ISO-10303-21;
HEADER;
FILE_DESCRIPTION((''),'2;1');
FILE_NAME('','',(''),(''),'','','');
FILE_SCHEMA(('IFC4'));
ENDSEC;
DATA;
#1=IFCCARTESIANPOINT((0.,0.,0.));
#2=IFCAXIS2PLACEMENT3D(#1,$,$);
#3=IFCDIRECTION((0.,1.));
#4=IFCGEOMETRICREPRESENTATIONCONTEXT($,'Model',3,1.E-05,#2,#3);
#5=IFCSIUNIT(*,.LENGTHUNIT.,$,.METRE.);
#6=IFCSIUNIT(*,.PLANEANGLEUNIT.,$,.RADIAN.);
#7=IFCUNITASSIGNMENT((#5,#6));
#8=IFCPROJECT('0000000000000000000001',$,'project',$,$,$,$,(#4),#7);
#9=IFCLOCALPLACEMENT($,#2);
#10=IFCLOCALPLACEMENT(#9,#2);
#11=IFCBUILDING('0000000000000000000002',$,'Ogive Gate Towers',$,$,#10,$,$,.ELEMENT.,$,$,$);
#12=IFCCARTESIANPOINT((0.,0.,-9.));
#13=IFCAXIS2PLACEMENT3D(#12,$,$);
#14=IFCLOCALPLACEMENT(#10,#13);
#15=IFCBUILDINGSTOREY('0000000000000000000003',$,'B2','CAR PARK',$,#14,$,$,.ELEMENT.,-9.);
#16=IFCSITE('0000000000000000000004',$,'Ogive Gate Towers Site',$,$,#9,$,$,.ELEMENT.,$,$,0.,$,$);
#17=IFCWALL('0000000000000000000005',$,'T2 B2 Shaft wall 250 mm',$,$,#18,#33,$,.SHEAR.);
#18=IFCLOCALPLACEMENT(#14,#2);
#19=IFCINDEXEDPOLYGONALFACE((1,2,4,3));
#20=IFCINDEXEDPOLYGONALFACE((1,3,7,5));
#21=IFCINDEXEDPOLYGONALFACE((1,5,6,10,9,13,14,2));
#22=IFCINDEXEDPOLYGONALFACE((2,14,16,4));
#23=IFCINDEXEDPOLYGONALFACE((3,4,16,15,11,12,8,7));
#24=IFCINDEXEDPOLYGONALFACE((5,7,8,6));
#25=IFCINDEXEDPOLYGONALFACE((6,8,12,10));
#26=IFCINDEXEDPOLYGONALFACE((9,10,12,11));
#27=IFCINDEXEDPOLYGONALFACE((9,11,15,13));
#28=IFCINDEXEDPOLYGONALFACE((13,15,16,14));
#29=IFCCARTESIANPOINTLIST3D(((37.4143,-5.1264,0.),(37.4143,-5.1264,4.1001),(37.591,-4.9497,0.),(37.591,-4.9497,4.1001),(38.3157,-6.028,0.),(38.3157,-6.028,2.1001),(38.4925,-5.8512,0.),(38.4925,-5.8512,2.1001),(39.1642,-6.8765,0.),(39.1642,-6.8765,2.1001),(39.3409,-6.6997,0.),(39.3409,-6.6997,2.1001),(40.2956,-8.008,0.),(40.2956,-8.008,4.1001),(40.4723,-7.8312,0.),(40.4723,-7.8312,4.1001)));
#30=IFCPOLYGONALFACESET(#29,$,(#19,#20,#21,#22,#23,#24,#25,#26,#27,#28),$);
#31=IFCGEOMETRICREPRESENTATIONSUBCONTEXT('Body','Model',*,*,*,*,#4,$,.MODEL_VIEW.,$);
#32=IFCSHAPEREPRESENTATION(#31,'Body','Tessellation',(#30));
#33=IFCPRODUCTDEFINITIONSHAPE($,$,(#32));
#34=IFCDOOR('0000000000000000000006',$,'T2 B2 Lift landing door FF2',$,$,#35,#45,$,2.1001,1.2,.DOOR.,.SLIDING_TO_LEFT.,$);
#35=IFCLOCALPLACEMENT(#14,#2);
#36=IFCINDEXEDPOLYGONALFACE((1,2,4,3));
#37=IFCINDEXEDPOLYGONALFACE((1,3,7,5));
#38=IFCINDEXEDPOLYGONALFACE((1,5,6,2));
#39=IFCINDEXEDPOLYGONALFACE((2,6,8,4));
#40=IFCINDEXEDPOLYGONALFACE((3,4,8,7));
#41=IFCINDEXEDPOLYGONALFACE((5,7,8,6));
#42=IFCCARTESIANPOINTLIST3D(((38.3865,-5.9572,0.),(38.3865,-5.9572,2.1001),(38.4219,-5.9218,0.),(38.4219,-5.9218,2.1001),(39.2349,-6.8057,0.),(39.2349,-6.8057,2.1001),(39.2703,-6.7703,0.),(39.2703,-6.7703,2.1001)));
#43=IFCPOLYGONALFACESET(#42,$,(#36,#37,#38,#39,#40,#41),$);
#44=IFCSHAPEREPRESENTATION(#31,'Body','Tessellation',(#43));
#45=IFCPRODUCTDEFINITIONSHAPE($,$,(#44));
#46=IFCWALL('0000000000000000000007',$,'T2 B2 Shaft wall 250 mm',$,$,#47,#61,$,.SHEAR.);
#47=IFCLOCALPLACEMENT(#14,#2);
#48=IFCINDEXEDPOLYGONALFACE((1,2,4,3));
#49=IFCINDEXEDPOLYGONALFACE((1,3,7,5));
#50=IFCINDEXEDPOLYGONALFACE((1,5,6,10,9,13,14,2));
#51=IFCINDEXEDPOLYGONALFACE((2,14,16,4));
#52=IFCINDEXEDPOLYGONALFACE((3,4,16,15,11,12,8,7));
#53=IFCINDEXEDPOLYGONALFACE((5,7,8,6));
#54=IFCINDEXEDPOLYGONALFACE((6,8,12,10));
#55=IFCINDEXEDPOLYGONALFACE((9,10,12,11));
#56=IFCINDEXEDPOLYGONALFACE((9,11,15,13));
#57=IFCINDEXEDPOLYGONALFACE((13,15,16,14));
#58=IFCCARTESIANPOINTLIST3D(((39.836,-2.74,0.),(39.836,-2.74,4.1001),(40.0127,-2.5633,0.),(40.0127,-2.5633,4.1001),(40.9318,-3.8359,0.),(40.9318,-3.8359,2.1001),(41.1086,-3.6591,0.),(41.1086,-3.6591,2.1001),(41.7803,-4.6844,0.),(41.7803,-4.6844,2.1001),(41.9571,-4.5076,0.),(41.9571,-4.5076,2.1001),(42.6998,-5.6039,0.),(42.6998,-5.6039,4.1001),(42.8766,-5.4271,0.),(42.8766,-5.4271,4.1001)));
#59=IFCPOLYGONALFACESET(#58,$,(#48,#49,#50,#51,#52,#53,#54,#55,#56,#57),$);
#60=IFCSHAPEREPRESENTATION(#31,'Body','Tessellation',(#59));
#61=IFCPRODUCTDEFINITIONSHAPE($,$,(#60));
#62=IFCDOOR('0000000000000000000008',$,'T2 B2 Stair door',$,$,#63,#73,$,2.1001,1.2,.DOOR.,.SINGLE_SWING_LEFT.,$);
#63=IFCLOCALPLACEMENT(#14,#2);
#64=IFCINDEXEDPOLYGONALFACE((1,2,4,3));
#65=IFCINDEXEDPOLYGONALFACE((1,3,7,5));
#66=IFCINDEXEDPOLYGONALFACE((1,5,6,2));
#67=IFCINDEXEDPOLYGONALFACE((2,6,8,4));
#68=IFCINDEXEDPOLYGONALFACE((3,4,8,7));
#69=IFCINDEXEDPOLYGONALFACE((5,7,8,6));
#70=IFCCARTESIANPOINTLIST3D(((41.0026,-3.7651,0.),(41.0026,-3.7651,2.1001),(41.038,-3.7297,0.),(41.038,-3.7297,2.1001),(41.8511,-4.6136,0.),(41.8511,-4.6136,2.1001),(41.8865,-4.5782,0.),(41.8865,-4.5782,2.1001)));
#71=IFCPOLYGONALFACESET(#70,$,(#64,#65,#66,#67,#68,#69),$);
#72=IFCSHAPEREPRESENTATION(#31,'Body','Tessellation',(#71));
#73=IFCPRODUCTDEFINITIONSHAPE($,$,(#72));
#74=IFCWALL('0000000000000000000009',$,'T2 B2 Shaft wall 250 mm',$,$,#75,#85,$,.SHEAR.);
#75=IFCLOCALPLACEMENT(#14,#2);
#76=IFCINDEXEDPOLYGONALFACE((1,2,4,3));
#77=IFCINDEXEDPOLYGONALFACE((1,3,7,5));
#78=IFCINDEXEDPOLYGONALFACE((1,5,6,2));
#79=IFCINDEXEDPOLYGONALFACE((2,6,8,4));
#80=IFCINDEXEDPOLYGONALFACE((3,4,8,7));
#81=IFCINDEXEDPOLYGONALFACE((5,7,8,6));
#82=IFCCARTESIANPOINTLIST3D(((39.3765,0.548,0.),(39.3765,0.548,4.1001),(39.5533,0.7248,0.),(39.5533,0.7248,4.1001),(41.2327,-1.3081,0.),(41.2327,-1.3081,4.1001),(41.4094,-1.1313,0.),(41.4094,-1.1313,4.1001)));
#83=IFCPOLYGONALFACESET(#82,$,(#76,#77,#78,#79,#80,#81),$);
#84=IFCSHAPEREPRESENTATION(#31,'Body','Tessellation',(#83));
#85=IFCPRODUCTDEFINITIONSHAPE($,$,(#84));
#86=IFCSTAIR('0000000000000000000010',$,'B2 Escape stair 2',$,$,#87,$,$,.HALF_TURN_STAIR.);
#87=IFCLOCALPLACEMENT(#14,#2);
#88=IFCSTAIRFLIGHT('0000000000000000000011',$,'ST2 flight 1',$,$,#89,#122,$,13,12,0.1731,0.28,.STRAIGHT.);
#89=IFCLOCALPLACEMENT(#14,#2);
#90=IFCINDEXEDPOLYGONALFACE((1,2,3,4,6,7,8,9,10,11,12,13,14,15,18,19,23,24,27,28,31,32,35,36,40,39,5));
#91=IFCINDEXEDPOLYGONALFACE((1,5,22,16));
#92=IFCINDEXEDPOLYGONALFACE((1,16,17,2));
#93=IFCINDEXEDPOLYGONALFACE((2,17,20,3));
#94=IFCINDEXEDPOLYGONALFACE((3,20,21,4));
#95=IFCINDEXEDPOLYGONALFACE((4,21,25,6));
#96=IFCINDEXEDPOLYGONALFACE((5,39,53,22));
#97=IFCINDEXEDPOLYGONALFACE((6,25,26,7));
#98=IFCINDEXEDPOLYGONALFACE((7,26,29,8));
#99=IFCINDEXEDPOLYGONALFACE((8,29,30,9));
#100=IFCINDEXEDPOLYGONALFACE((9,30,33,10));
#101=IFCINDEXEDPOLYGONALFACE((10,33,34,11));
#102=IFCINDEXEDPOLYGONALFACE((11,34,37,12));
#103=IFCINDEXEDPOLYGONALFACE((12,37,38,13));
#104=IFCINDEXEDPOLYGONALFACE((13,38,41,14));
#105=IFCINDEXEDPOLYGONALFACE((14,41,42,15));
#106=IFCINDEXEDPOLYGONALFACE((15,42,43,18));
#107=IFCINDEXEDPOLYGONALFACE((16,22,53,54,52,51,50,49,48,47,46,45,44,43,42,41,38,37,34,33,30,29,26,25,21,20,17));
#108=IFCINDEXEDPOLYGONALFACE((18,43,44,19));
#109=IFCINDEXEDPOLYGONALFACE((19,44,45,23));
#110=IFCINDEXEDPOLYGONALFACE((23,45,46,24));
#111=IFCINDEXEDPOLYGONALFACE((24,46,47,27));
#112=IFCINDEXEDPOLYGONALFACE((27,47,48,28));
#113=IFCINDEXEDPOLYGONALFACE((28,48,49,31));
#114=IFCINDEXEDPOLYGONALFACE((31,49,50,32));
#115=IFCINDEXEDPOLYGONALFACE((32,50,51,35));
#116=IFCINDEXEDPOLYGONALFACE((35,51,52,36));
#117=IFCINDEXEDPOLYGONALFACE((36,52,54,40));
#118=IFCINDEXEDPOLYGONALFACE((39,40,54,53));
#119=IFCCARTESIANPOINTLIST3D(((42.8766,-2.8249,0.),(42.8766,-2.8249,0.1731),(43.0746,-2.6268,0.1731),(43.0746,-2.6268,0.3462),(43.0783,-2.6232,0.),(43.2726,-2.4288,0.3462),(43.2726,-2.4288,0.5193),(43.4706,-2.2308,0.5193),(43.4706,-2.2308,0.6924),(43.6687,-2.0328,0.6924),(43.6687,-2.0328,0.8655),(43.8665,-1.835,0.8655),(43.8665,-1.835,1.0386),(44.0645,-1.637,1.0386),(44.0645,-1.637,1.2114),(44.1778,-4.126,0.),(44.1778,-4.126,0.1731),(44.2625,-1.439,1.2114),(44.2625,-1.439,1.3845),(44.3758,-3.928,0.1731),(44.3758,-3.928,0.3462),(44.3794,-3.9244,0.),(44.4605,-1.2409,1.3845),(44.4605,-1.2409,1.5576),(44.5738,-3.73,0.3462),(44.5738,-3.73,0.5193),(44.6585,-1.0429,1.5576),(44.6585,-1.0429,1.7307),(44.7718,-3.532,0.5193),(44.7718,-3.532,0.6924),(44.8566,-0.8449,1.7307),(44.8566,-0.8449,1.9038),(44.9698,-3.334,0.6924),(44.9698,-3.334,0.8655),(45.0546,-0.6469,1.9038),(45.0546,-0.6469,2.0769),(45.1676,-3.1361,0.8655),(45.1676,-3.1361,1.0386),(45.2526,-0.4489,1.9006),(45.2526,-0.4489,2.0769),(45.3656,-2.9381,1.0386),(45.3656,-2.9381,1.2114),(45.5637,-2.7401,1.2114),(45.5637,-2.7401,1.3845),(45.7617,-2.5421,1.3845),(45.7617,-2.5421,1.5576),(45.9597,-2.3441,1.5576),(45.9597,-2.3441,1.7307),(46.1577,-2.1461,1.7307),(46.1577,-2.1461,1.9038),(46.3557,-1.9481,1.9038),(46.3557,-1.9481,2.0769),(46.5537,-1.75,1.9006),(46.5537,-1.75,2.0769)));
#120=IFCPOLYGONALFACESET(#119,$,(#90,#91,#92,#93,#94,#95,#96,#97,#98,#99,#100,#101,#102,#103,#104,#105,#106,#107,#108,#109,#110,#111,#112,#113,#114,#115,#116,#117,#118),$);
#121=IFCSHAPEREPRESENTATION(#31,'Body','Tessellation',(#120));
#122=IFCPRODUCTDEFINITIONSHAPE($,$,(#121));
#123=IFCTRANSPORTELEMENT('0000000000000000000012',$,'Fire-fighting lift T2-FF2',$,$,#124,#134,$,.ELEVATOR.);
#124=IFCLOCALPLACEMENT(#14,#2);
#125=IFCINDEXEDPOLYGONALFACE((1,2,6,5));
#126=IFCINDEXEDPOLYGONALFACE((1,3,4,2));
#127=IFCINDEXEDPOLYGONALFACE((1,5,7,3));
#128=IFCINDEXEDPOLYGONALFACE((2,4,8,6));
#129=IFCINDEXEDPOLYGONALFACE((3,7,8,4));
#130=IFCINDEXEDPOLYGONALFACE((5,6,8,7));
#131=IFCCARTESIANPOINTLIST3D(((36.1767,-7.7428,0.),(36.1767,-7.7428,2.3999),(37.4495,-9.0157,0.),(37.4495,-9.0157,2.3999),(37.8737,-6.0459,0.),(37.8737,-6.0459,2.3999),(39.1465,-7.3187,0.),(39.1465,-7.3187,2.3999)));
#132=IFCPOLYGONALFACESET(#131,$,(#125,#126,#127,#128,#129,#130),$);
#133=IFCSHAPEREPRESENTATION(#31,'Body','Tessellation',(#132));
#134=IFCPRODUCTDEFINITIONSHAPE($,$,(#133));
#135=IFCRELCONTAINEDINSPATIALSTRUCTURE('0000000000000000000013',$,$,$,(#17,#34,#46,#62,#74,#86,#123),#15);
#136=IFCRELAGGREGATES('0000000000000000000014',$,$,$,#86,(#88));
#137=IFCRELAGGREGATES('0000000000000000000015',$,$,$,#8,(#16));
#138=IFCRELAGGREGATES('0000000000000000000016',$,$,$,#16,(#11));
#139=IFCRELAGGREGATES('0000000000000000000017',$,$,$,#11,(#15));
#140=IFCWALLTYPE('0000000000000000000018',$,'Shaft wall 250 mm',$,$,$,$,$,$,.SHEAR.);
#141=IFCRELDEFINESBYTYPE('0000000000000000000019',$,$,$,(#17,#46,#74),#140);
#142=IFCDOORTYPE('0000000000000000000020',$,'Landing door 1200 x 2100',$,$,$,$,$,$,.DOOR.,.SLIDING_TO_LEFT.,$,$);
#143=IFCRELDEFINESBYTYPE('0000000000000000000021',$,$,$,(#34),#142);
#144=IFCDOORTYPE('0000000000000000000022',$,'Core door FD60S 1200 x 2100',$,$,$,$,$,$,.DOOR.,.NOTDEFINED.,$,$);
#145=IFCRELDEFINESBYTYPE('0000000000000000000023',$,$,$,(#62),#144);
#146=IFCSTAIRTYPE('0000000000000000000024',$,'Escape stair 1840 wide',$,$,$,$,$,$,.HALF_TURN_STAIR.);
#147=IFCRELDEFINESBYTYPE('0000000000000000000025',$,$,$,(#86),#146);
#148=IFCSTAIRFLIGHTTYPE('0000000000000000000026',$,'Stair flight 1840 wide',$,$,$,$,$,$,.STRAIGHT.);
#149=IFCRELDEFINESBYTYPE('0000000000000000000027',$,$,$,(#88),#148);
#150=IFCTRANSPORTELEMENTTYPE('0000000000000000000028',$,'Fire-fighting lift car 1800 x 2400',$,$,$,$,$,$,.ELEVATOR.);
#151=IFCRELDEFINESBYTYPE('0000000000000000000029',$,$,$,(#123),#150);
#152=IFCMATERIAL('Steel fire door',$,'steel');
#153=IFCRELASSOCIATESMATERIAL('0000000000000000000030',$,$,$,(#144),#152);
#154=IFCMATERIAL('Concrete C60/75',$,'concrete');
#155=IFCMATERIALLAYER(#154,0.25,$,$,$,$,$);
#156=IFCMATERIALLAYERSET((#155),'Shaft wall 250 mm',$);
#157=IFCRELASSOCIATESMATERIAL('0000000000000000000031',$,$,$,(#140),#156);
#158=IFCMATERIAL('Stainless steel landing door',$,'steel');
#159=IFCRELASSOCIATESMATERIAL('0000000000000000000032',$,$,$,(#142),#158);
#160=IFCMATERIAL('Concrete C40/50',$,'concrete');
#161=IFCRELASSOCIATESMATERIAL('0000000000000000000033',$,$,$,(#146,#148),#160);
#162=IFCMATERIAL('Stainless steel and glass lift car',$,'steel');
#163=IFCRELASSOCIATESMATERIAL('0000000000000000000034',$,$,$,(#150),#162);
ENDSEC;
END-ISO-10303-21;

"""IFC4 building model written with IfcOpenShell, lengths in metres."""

from ifc_helpers import new_model, si_unit, direction, frame, frame_2d, origin, origin_2d, place, context, subcontext, project, spatial, polyline, rectangle, outline, extrude, material, layer, layer_set, type_object, element, fill, aggregate, save


model = new_model("IFC4")

# Units and contexts
model_context = context("Model", 3, precision=1e-05, world=origin(), true_north=direction((0.0, 1.0)))
body_context = subcontext(model_context, "Body", "Model", "MODEL_VIEW")
ifc_project = project(units=[si_unit("LENGTHUNIT", "METRE"), si_unit("PLANEANGLEUNIT", "RADIAN")], contexts=[model_context])

# Site, building, storey
site_placement = place(None, origin())
site = spatial("IfcSite", under=ifc_project, at=site_placement, Name="Ogive Gate Towers Site", CompositionType="ELEMENT", RefElevation=0.0)
building_placement = place(site_placement, origin())
building = spatial("IfcBuilding", under=site, at=building_placement, Name="Ogive Gate Towers", CompositionType="ELEMENT")
storey_placement = place(building_placement, frame((0.0, 0.0, -9.0)))
storey = spatial("IfcBuildingStorey", under=building, at=storey_placement, Name="B2", Description="CAR PARK", CompositionType="ELEMENT", Elevation=-9.0)

# Shared definitions
ifc_material_1 = material(Name="Concrete C40/50", Category="concrete")

# Shared definitions
ifc_material_2 = material(Name="Concrete C60/75", Category="concrete")
ifc_material_3 = material(Name="Steel fire door", Category="steel")
door_type_1 = type_object("IfcDoorType", Name="Core door FD60S 1200 x 2100", OperationType="NOTDEFINED", PredefinedType="DOOR", material=ifc_material_3)

# Shared definitions
ifc_layer_1 = layer(ifc_material_2, 0.25)
ifc_layer_set_1 = layer_set([ifc_layer_1], Name="Shaft wall 250 mm")
wall_type_1 = type_object("IfcWallType", Name="Shaft wall 250 mm", PredefinedType="SHEAR", material=ifc_layer_set_1)

# Walls, openings, doors
wall_1_placement = place(storey_placement, frame((40.384, -7.9197, 0.0), z_axis=(0.0, 0.0, 1.0), x_axis=(-0.707077, 0.707137, 0.0)))
wall_1 = element("IfcWall", 1, at=wall_1_placement, inside=storey, type_object=wall_type_1, Name="T2 B2 Shaft wall 250 mm", PredefinedType="SHEAR", context=body_context, shape_type="SweptSolid", body=[
    extrude(rectangle(XDim=4.075, YDim=0.25, at=frame_2d((2.0376, 0.0))), origin(), (0.0, 0.0, 1.0), 4.1001),
])
opening_1_placement = place(wall_1_placement, frame((1.6001, 0.0, 0.0)))
opening_1 = element("IfcOpeningElement", 2, at=opening_1_placement, cuts=wall_1, PredefinedType="OPENING", context=body_context, shape_type="SweptSolid", body=[
    extrude(rectangle(XDim=1.2, YDim=2.1001, at=frame_2d((0.6001, 1.05))), frame((0.0, 0.135, 0.0), z_axis=(0.0, -1.0, 0.0), x_axis=(1.0, 0.0, 0.0)), (0.0, 0.0, 1.0), 0.27),
])
ifc_material_4 = material(Name="Stainless steel landing door", Category="steel")
door_type_2 = type_object("IfcDoorType", Name="Landing door 1200 x 2100", OperationType="SLIDING_TO_LEFT", PredefinedType="DOOR", material=ifc_material_4)
door_1_placement = place(opening_1_placement, origin())
door_1 = element("IfcDoor", 3, at=door_1_placement, inside=storey, type_object=door_type_2, Name="T2 B2 Lift landing door FF2", OperationType="SLIDING_TO_LEFT", OverallHeight=2.1001, OverallWidth=1.2, PredefinedType="DOOR", context=body_context, shape_type="SweptSolid", body=[
    extrude(rectangle(XDim=1.2, YDim=2.1001, at=frame_2d((0.6001, 1.05))), frame((0.0, 0.0249, 0.0), z_axis=(0.0, -1.0, 0.0), x_axis=(1.0, 0.0, 0.0)), (0.0, 0.0, 1.0), 0.05),
])
fill(opening_1, door_1)
wall_2_placement = place(storey_placement, frame((42.7881, -5.5154, 0.0), z_axis=(0.0, 0.0, 1.0), x_axis=(-0.707107, 0.707107, 0.0)))
wall_2 = element("IfcWall", 4, at=wall_2_placement, inside=storey, type_object=wall_type_1, Name="T2 B2 Shaft wall 250 mm", PredefinedType="SHEAR", context=body_context, shape_type="SweptSolid", body=[
    extrude(rectangle(XDim=4.05, YDim=0.25, at=frame_2d((2.0249, 0.0))), origin(), (0.0, 0.0, 1.0), 4.1001),
])
opening_2_placement = place(wall_2_placement, frame((1.3, 0.0, 0.0)))
opening_2 = element("IfcOpeningElement", 5, at=opening_2_placement, cuts=wall_2, PredefinedType="OPENING", context=body_context, shape_type="SweptSolid", body=[
    extrude(rectangle(XDim=1.2, YDim=2.1001, at=frame_2d((0.6001, 1.05))), frame((0.0, 0.135, 0.0), z_axis=(0.0, -1.0, 0.0), x_axis=(1.0, 0.0, 0.0)), (0.0, 0.0, 1.0), 0.27),
])
door_2_placement = place(opening_2_placement, origin())
door_2 = element("IfcDoor", 6, at=door_2_placement, inside=storey, type_object=door_type_1, Name="T2 B2 Stair door", OperationType="SINGLE_SWING_LEFT", OverallHeight=2.1001, OverallWidth=1.2, PredefinedType="DOOR", context=body_context, shape_type="SweptSolid", body=[
    extrude(rectangle(XDim=1.2, YDim=2.1001, at=frame_2d((0.6001, 1.05))), frame((0.0, 0.0249, 0.0), z_axis=(0.0, -1.0, 0.0), x_axis=(1.0, 0.0, 0.0)), (0.0, 0.0, 1.0), 0.05),
])
fill(opening_2, door_2)

# Wall
wall_3_placement = place(storey_placement, frame((41.321, -1.2197, 0.0), z_axis=(0.0, 0.0, 1.0), x_axis=(-0.707107, 0.707107, 0.0)))
element("IfcWall", 7, at=wall_3_placement, inside=storey, type_object=wall_type_1, Name="T2 B2 Shaft wall 250 mm", PredefinedType="SHEAR", context=body_context, shape_type="SweptSolid", body=[
    extrude(rectangle(XDim=2.625, YDim=0.25, at=frame_2d((1.3125, 0.0))), origin(), (0.0, 0.0, 1.0), 4.1001),
])

# Stair, stair flight
stair_type = type_object("IfcStairType", Name="Escape stair 1840 wide", PredefinedType="HALF_TURN_STAIR", material=ifc_material_1)
stair_placement = place(storey_placement, origin())
stair = element("IfcStair", 8, at=stair_placement, inside=storey, type_object=stair_type, Name="B2 Escape stair 2", PredefinedType="HALF_TURN_STAIR")
stair_flight_type = type_object("IfcStairFlightType", Name="Stair flight 1840 wide", PredefinedType="STRAIGHT", material=ifc_material_1)
stair_flight_placement = place(storey_placement, frame((43.5271, -3.4753, 0.0), z_axis=(0.0, 0.0, 1.0), x_axis=(0.707107, 0.707107, 0.0)))
stair_flight = element("IfcStairFlight", 9, at=stair_flight_placement, type_object=stair_flight_type, Name="ST2 flight 1", NumberOfRisers=13, NumberOfTreads=12, PredefinedType="STRAIGHT", RiserHeight=0.1731, TreadLength=0.28, context=body_context, shape_type="SweptSolid", body=[
    extrude(outline(polyline([(0.0, 0.0), (0.0, 0.1731), (0.28, 0.1731), (0.28, 0.3462), (0.5601, 0.3462), (0.5601, 0.5193), (0.8401, 0.5193), (0.8401, 0.6924), (1.1201, 0.6924), (1.1201, 0.8655), (1.3999, 0.8655), (1.3999, 1.0386), (1.6799, 1.0386), (1.6799, 1.2114), (1.96, 1.2114), (1.96, 1.3845), (2.24, 1.3845), (2.24, 1.5576), (2.52, 1.5576), (2.52, 1.7307), (2.8, 1.7307), (2.8, 1.9038), (3.0801, 1.9038), (3.0801, 2.0769), (3.3601, 2.0769), (3.3601, 2.25), (3.3601, 1.9006), (0.2852, 0.0), (0.0, 0.0)])), frame((0.0, 0.9199, 0.0), z_axis=(0.0, -1.0, 0.0), x_axis=(1.0, 0.0, 0.0)), (0.0, 0.0, 1.0), 1.8401),
])
aggregate(stair, [stair_flight])

# Transport element
ifc_material_5 = material(Name="Stainless steel and glass lift car", Category="steel")
transport_element_type = type_object("IfcTransportElementType", Name="Fire-fighting lift car 1800 x 2400", PredefinedType="ELEVATOR", material=ifc_material_5)
transport_element_placement = place(storey_placement, frame((37.6616, -7.5308, 0.0), z_axis=(0.0, 0.0, 1.0), x_axis=(0.707107, 0.707107, 0.0)))
element("IfcTransportElement", 10, at=transport_element_placement, inside=storey, type_object=transport_element_type, Name="Fire-fighting lift T2-FF2", PredefinedType="ELEVATOR", context=body_context, shape_type="SweptSolid", body=[
    extrude(rectangle(XDim=2.3999, YDim=1.8, at=origin_2d()), origin(), (0.0, 0.0, 1.0), 2.3999),
])

save(model, "model.ifc")
